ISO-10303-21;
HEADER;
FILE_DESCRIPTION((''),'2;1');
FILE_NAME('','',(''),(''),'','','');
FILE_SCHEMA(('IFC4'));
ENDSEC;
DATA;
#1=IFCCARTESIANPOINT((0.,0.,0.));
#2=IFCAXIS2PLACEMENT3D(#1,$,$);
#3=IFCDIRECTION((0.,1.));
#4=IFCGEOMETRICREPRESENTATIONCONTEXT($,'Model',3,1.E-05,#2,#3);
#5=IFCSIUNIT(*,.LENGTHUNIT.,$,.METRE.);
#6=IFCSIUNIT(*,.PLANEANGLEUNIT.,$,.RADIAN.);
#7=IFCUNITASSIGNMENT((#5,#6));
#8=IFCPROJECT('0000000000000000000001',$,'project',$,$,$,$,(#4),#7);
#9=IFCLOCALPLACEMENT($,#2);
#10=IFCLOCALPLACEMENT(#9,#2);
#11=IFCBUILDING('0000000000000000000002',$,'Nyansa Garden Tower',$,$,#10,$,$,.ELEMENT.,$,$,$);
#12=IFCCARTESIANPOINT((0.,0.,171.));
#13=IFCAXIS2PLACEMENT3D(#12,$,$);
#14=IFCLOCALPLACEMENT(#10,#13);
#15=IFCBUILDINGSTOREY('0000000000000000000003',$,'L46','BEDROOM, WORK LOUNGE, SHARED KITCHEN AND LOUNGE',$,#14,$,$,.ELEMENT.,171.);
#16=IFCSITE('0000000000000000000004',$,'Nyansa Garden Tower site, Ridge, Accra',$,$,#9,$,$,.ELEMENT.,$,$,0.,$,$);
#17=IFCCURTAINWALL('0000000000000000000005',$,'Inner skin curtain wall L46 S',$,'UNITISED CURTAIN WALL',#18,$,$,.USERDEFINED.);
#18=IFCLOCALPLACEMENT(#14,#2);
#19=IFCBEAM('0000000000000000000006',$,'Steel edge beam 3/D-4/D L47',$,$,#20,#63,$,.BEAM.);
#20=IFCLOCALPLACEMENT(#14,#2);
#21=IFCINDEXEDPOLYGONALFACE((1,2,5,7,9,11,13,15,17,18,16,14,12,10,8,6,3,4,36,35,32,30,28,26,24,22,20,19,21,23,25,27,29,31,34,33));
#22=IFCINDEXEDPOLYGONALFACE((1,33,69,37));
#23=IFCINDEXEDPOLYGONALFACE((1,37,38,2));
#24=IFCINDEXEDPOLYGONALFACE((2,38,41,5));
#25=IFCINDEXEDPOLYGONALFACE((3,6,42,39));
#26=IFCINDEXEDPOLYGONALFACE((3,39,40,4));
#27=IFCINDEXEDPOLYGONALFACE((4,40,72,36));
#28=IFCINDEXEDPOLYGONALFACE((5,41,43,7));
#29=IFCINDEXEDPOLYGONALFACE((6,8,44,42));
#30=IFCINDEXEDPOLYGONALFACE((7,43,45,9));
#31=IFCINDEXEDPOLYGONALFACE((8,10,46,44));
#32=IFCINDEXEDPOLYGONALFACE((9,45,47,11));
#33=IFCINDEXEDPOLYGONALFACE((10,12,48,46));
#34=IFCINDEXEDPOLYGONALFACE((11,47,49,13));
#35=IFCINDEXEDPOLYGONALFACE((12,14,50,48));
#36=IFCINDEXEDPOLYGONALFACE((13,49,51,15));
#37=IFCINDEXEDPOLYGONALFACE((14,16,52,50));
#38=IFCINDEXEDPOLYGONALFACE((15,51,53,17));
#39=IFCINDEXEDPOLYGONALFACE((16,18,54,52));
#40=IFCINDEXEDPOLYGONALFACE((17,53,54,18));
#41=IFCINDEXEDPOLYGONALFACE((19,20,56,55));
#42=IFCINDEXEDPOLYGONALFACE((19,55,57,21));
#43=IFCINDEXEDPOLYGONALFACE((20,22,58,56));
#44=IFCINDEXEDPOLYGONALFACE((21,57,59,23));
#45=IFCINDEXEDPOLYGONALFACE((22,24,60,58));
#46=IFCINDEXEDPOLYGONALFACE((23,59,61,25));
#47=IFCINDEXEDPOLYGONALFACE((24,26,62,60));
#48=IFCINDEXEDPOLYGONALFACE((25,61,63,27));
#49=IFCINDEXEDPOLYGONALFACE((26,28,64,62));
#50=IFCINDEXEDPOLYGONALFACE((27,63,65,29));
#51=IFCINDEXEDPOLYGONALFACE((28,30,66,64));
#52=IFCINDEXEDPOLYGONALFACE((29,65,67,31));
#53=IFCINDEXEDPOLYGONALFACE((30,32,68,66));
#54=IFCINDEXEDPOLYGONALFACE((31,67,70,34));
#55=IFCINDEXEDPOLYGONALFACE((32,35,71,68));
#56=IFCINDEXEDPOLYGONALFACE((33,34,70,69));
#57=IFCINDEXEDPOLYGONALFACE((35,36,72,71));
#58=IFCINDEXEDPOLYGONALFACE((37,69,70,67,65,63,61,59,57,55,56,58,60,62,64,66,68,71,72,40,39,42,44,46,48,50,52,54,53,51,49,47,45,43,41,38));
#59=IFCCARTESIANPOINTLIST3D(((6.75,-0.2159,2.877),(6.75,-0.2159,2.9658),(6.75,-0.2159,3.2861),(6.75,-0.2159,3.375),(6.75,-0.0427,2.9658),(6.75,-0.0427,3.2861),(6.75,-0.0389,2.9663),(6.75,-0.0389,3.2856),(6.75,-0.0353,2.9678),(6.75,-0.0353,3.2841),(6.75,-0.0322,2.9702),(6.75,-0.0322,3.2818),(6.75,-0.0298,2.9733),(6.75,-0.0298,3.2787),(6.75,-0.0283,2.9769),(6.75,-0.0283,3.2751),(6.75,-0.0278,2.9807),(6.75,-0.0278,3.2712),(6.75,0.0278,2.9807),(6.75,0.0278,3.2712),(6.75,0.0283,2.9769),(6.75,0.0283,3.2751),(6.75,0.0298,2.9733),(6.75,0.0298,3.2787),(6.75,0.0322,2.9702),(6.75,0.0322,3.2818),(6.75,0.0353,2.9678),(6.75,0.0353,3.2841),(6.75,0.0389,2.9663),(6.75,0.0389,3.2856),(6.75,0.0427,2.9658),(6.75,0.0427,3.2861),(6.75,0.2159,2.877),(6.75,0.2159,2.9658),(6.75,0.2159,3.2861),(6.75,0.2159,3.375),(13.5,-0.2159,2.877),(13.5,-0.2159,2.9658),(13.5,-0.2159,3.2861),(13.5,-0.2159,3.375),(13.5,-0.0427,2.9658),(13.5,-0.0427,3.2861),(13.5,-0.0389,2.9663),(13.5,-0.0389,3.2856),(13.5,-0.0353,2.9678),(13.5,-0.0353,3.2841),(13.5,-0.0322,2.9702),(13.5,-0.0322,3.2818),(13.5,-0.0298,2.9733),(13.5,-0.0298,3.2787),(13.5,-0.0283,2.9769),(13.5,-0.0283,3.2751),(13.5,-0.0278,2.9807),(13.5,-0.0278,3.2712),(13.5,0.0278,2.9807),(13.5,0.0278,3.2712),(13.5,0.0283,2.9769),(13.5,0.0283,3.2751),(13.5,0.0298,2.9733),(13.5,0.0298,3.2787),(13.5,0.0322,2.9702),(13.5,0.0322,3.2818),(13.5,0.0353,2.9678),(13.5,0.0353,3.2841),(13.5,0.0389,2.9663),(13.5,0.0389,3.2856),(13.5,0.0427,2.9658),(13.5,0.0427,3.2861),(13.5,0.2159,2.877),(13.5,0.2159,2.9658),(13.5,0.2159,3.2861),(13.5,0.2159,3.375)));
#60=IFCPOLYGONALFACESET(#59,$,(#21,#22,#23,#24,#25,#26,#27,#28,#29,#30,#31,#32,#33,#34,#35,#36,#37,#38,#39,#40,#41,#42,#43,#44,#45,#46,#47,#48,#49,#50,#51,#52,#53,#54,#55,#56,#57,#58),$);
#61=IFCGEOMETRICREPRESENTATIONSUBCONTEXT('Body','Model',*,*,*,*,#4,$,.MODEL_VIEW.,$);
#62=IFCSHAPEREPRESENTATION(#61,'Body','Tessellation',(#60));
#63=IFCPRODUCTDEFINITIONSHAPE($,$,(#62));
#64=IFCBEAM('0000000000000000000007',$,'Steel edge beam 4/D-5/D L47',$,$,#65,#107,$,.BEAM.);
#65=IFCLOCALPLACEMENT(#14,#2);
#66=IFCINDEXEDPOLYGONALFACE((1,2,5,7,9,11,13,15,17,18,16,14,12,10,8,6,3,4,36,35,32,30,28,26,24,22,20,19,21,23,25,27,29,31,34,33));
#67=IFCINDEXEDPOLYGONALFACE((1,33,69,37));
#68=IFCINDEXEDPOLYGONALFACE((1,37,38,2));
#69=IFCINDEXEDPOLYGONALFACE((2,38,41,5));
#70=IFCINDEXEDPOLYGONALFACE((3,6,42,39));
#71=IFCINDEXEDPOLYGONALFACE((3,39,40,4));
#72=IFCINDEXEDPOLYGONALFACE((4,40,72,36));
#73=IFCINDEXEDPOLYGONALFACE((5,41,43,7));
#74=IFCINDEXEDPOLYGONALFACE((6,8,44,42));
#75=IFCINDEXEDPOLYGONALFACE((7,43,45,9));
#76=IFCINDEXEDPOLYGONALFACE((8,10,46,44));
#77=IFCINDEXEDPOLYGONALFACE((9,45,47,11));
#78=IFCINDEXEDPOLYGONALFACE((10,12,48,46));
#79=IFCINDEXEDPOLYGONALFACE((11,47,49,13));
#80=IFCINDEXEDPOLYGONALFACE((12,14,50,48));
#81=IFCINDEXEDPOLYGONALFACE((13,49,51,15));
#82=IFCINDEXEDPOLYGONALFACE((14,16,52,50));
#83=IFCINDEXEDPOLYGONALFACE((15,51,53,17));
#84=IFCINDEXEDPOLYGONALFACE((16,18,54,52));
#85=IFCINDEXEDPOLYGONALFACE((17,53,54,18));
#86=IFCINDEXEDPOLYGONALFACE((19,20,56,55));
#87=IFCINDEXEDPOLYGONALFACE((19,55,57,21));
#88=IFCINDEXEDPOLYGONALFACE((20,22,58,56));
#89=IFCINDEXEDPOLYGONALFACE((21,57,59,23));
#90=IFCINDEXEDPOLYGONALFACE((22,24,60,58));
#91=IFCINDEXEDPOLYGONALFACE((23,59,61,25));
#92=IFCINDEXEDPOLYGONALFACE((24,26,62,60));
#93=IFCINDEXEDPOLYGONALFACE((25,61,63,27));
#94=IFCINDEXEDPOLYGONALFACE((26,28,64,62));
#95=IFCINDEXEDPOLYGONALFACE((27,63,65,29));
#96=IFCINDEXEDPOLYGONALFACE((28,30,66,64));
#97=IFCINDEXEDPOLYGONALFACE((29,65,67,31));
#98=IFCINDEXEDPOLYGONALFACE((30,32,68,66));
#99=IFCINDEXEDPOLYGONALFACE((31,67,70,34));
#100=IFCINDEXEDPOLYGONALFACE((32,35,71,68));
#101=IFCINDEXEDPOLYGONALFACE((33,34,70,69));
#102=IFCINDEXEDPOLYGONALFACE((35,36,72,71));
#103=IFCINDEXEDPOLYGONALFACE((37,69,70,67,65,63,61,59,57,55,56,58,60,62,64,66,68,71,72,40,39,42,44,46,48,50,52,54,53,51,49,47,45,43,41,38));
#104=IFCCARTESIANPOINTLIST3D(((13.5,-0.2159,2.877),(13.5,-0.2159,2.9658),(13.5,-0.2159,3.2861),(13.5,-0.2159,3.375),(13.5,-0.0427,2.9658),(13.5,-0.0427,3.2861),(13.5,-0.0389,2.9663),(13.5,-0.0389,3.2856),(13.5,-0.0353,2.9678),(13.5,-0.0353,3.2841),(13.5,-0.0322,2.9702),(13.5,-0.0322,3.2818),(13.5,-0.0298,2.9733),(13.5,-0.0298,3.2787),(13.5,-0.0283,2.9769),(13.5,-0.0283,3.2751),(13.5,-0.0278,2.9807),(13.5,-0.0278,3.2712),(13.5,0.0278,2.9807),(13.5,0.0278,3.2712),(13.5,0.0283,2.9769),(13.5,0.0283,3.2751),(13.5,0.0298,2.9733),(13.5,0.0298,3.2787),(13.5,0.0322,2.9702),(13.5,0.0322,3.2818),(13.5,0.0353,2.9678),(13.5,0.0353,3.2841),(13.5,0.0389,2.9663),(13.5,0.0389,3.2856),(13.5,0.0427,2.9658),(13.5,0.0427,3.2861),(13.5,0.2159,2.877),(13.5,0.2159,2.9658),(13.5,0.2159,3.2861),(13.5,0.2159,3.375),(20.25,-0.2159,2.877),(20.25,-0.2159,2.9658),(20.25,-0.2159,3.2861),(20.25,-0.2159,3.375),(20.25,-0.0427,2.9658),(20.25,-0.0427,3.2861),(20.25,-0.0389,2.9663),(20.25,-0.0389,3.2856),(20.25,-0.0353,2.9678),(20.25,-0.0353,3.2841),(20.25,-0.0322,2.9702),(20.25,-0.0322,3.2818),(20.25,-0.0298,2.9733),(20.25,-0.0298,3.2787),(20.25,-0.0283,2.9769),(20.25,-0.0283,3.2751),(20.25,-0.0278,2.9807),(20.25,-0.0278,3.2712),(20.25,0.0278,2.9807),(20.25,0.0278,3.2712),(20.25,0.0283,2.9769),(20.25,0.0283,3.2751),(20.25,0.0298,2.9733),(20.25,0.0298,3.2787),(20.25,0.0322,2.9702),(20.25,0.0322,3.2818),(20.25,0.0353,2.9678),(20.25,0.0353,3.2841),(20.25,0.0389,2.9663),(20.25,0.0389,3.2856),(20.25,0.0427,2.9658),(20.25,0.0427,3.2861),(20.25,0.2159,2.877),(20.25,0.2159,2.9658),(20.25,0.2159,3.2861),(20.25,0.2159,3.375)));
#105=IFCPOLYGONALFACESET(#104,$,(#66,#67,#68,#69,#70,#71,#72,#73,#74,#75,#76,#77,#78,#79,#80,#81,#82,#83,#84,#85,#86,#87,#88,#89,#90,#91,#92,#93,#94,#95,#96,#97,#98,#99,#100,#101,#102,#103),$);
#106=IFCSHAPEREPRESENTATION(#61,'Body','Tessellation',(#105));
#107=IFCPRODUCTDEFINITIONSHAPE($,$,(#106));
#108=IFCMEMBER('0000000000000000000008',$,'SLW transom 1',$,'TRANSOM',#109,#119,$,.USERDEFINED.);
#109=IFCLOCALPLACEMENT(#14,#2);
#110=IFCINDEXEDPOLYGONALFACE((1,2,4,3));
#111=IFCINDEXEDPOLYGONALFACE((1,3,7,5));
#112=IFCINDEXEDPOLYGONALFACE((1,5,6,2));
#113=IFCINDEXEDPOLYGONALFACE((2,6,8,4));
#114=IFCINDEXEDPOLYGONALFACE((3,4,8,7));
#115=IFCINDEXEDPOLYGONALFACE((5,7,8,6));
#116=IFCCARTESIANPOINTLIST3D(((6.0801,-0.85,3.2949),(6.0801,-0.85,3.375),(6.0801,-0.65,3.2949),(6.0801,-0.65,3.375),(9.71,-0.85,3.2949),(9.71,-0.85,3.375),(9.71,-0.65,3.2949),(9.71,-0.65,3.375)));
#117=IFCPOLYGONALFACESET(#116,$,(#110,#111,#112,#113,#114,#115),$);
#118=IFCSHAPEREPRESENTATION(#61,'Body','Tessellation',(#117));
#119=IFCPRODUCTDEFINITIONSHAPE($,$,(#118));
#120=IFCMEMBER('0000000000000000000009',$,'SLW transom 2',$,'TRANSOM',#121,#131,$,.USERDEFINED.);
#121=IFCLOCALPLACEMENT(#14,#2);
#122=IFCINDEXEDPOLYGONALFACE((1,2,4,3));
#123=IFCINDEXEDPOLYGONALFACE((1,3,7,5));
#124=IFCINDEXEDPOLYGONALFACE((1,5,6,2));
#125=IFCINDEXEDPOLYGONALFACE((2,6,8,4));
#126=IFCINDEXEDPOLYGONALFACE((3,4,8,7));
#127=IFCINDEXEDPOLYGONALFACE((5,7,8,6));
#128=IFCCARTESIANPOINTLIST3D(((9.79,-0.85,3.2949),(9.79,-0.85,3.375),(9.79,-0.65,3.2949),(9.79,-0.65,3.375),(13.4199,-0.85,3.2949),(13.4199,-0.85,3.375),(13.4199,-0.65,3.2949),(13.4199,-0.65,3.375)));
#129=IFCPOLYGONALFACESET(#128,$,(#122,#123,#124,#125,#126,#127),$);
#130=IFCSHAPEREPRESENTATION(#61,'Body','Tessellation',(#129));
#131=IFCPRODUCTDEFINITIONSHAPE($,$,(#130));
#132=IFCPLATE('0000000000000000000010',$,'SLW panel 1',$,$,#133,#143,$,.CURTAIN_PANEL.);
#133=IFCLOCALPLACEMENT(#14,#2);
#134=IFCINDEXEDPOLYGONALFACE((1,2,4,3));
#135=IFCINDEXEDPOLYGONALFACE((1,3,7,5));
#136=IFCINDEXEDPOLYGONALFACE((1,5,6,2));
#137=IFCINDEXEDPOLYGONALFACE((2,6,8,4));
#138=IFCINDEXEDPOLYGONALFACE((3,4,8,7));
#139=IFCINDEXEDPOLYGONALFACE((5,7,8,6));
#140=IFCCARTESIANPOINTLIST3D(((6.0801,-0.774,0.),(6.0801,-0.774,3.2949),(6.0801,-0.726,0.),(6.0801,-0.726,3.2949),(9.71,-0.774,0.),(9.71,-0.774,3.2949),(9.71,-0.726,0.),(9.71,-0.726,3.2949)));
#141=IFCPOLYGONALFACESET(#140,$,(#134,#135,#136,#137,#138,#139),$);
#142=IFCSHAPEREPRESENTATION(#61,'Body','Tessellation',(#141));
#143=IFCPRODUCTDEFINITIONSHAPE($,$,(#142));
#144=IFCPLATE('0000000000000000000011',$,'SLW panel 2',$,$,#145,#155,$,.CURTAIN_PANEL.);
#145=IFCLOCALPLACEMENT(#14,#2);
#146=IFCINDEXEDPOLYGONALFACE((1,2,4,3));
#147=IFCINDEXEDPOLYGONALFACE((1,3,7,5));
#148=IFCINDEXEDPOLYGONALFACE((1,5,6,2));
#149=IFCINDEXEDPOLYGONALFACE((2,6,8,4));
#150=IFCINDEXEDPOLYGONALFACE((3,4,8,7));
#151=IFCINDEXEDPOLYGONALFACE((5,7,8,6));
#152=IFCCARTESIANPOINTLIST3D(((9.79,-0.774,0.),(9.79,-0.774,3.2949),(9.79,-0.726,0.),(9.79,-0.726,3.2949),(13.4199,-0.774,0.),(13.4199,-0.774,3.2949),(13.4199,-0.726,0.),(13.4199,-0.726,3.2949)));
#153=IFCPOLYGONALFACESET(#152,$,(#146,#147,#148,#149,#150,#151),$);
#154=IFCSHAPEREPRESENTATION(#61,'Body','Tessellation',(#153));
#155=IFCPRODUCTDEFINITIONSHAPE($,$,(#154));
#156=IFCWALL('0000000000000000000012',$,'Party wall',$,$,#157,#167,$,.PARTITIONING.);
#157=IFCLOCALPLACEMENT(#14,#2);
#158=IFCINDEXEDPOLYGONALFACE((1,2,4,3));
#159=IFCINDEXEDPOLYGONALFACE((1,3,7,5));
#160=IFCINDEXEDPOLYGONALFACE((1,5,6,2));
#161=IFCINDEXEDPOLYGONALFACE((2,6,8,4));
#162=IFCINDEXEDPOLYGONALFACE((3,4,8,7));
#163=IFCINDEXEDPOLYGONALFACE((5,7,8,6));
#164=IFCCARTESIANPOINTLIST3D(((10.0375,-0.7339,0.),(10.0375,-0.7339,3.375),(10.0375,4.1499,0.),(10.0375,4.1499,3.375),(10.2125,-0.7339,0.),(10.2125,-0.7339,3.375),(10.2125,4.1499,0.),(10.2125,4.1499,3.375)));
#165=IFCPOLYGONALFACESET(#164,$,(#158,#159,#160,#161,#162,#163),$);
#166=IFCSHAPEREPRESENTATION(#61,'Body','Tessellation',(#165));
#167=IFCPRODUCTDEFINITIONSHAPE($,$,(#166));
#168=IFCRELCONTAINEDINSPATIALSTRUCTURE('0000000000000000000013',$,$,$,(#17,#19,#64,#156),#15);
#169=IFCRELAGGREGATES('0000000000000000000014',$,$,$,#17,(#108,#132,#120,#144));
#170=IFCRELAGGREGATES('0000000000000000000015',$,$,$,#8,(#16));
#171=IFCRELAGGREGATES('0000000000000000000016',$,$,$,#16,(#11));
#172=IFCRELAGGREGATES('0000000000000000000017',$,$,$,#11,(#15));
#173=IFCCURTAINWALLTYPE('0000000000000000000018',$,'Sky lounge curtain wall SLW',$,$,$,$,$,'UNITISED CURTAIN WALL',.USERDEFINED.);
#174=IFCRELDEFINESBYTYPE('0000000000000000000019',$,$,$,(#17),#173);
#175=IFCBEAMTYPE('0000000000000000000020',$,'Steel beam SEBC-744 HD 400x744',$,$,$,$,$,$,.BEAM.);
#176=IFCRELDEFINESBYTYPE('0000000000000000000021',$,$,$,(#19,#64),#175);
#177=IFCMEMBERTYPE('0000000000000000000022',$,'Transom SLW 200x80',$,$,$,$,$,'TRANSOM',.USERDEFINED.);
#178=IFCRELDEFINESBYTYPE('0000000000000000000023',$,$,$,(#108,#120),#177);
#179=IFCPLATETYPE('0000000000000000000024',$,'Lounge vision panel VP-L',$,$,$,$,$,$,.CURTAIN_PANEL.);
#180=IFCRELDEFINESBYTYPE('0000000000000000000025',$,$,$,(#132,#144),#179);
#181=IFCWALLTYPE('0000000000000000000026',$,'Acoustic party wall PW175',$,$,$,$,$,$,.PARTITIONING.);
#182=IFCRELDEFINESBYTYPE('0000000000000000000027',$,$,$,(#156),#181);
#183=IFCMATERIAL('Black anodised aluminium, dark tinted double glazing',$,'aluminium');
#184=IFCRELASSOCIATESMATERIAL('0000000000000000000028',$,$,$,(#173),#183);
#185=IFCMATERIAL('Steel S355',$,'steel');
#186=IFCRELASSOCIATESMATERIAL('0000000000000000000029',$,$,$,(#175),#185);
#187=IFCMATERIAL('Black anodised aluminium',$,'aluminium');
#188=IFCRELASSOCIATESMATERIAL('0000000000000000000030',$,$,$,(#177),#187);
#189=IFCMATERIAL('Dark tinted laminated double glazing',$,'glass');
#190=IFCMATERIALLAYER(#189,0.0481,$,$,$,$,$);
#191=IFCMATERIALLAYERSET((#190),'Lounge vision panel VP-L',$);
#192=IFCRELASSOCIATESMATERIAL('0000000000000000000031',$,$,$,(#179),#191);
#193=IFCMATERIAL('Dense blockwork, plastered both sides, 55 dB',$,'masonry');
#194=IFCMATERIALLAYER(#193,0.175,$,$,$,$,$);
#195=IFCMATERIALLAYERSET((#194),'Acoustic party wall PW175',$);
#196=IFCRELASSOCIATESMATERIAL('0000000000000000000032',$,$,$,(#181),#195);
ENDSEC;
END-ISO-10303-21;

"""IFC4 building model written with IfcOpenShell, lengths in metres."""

from ifc_helpers import new_model, si_unit, direction, frame, frame_2d, origin, origin_2d, place, context, subcontext, project, spatial, rectangle, i_section, extrude, material, layer, layer_set, material_profile, profile_set, type_object, element, aggregate, save


model = new_model("IFC4")

# Units and contexts
model_context = context("Model", 3, precision=1e-05, world=origin(), true_north=direction((0.0, 1.0)))
body_context = subcontext(model_context, "Body", "Model", "MODEL_VIEW")
ifc_project = project(units=[si_unit("LENGTHUNIT", "METRE"), si_unit("PLANEANGLEUNIT", "RADIAN")], contexts=[model_context])

# Site, building, storey
site_placement = place(None, origin())
site = spatial("IfcSite", under=ifc_project, at=site_placement, Name="Nyansa Garden Tower site, Ridge, Accra", CompositionType="ELEMENT", RefElevation=0.0)
building_placement = place(site_placement, origin())
building = spatial("IfcBuilding", under=site, at=building_placement, Name="Nyansa Garden Tower", CompositionType="ELEMENT")
storey_placement = place(building_placement, frame((0.0, 0.0, 171.0)))
storey = spatial("IfcBuildingStorey", under=building, at=storey_placement, Name="L46", Description="BEDROOM, WORK LOUNGE, SHARED KITCHEN AND LOUNGE", CompositionType="ELEMENT", Elevation=171.0)

# Curtain wall
ifc_material_1 = material(Name="Black anodised aluminium, dark tinted double glazing", Category="aluminium")
curtain_wall_type = type_object("IfcCurtainWallType", Name="Sky lounge curtain wall SLW", ElementType="UNITISED CURTAIN WALL", PredefinedType="USERDEFINED", material=ifc_material_1)
curtain_wall_placement = place(storey_placement, origin())
curtain_wall = element("IfcCurtainWall", 1, at=curtain_wall_placement, inside=storey, type_object=curtain_wall_type, Name="Inner skin curtain wall L46 S", ObjectType="UNITISED CURTAIN WALL", PredefinedType="USERDEFINED")

# Beams
ifc_material_2 = material(Name="Steel S355", Category="steel")
ifc_material_profile_1 = material_profile(ifc_material_2, i_section(OverallWidth=0.4319, OverallDepth=0.498, WebThickness=0.0557, FlangeThickness=0.0889, FilletRadius=0.0149, at=origin_2d()), Name="HD 400x744")
ifc_profile_set_1 = profile_set([ifc_material_profile_1], Name="Steel S355")
beam_type_1 = type_object("IfcBeamType", Name="Steel beam SEBC-744 HD 400x744", PredefinedType="BEAM", material=ifc_profile_set_1)
for number, where, z_axis, x_axis, name in (
    (2, (6.75, 0.0, 3.126), (1.0, 0.0, 0.0), (0.0, 1.0, 0.0), "Steel edge beam 3/D-4/D L47"),
    (3, (13.5, 0.0, 3.126), (1.0, 0.0, 0.0), (0.0, 1.0, 0.0), "Steel edge beam 4/D-5/D L47"),
):
    element("IfcBeam", number, at=place(storey_placement, frame(where, z_axis=z_axis, x_axis=x_axis)), inside=storey, type_object=beam_type_1, Name=name, PredefinedType="BEAM", context=body_context, shape_type="SweptSolid", body=[
        extrude(i_section(OverallWidth=0.4319, OverallDepth=0.498, WebThickness=0.0557, FlangeThickness=0.0889, FilletRadius=0.0149, at=origin_2d()), origin(), (0.0, 0.0, 1.0), 6.75),
    ])

# Members
ifc_material_3 = material(Name="Black anodised aluminium", Category="aluminium")
ifc_material_profile_2 = material_profile(ifc_material_3, rectangle(XDim=0.2, YDim=0.0801, at=origin_2d()), Name="Transom 200x80")
ifc_profile_set_2 = profile_set([ifc_material_profile_2], Name="Black anodised aluminium")
member_type_1 = type_object("IfcMemberType", Name="Transom SLW 200x80", ElementType="TRANSOM", PredefinedType="USERDEFINED", material=ifc_profile_set_2)
member_1_placement = place(storey_placement, frame((6.0801, -0.75, 3.335), z_axis=(1.0, 0.0, 0.0), x_axis=(0.0, 1.0, 0.0)))
member_1 = element("IfcMember", 4, at=member_1_placement, type_object=member_type_1, Name="SLW transom 1", ObjectType="TRANSOM", PredefinedType="USERDEFINED", context=body_context, shape_type="SweptSolid", body=[
    extrude(rectangle(XDim=0.2, YDim=0.0801, at=origin_2d()), origin(), (0.0, 0.0, 1.0), 3.6299),
])
member_2_placement = place(storey_placement, frame((9.79, -0.75, 3.335), z_axis=(1.0, 0.0, 0.0), x_axis=(0.0, 1.0, 0.0)))
member_2 = element("IfcMember", 5, at=member_2_placement, type_object=member_type_1, Name="SLW transom 2", ObjectType="TRANSOM", PredefinedType="USERDEFINED", context=body_context, shape_type="SweptSolid", body=[
    extrude(rectangle(XDim=0.2, YDim=0.0801, at=origin_2d()), origin(), (0.0, 0.0, 1.0), 3.6299),
])

# Plates
ifc_material_4 = material(Name="Dark tinted laminated double glazing", Category="glass")
ifc_layer_1 = layer(ifc_material_4, 0.0481)
ifc_layer_set_1 = layer_set([ifc_layer_1], Name="Lounge vision panel VP-L")
plate_type = type_object("IfcPlateType", Name="Lounge vision panel VP-L", PredefinedType="CURTAIN_PANEL", material=ifc_layer_set_1)
plate_1_placement = place(storey_placement, frame((7.895, -0.75, 0.0), z_axis=(0.0, 0.0, 1.0), x_axis=(1.0, 0.0, 0.0)))
plate_1 = element("IfcPlate", 6, at=plate_1_placement, type_object=plate_type, Name="SLW panel 1", PredefinedType="CURTAIN_PANEL", context=body_context, shape_type="SweptSolid", body=[
    extrude(rectangle(XDim=3.6299, YDim=0.0481, at=origin_2d()), origin(), (0.0, 0.0, 1.0), 3.2949),
])
plate_2_placement = place(storey_placement, frame((11.605, -0.75, 0.0), z_axis=(0.0, 0.0, 1.0), x_axis=(1.0, 0.0, 0.0)))
plate_2 = element("IfcPlate", 7, at=plate_2_placement, type_object=plate_type, Name="SLW panel 2", PredefinedType="CURTAIN_PANEL", context=body_context, shape_type="SweptSolid", body=[
    extrude(rectangle(XDim=3.6299, YDim=0.0481, at=origin_2d()), origin(), (0.0, 0.0, 1.0), 3.2949),
])
aggregate(curtain_wall, [member_1, plate_1, member_2, plate_2])

# Wall
ifc_material_5 = material(Name="Dense blockwork, plastered both sides, 55 dB", Category="masonry")
ifc_layer_2 = layer(ifc_material_5, 0.175)
ifc_layer_set_2 = layer_set([ifc_layer_2], Name="Acoustic party wall PW175")
wall_type_1 = type_object("IfcWallType", Name="Acoustic party wall PW175", PredefinedType="PARTITIONING", material=ifc_layer_set_2)
wall_1_placement = place(storey_placement, frame((10.125, -0.7339, 0.0), z_axis=(0.0, 0.0, 1.0), x_axis=(0.0, 1.0, 0.0)))
element("IfcWall", 8, at=wall_1_placement, inside=storey, type_object=wall_type_1, Name="Party wall", PredefinedType="PARTITIONING", context=body_context, shape_type="SweptSolid", body=[
    extrude(rectangle(XDim=4.8838, YDim=0.175, at=frame_2d((2.4419, 0.0))), origin(), (0.0, 0.0, 1.0), 3.375),
])

save(model, "model.ifc")
